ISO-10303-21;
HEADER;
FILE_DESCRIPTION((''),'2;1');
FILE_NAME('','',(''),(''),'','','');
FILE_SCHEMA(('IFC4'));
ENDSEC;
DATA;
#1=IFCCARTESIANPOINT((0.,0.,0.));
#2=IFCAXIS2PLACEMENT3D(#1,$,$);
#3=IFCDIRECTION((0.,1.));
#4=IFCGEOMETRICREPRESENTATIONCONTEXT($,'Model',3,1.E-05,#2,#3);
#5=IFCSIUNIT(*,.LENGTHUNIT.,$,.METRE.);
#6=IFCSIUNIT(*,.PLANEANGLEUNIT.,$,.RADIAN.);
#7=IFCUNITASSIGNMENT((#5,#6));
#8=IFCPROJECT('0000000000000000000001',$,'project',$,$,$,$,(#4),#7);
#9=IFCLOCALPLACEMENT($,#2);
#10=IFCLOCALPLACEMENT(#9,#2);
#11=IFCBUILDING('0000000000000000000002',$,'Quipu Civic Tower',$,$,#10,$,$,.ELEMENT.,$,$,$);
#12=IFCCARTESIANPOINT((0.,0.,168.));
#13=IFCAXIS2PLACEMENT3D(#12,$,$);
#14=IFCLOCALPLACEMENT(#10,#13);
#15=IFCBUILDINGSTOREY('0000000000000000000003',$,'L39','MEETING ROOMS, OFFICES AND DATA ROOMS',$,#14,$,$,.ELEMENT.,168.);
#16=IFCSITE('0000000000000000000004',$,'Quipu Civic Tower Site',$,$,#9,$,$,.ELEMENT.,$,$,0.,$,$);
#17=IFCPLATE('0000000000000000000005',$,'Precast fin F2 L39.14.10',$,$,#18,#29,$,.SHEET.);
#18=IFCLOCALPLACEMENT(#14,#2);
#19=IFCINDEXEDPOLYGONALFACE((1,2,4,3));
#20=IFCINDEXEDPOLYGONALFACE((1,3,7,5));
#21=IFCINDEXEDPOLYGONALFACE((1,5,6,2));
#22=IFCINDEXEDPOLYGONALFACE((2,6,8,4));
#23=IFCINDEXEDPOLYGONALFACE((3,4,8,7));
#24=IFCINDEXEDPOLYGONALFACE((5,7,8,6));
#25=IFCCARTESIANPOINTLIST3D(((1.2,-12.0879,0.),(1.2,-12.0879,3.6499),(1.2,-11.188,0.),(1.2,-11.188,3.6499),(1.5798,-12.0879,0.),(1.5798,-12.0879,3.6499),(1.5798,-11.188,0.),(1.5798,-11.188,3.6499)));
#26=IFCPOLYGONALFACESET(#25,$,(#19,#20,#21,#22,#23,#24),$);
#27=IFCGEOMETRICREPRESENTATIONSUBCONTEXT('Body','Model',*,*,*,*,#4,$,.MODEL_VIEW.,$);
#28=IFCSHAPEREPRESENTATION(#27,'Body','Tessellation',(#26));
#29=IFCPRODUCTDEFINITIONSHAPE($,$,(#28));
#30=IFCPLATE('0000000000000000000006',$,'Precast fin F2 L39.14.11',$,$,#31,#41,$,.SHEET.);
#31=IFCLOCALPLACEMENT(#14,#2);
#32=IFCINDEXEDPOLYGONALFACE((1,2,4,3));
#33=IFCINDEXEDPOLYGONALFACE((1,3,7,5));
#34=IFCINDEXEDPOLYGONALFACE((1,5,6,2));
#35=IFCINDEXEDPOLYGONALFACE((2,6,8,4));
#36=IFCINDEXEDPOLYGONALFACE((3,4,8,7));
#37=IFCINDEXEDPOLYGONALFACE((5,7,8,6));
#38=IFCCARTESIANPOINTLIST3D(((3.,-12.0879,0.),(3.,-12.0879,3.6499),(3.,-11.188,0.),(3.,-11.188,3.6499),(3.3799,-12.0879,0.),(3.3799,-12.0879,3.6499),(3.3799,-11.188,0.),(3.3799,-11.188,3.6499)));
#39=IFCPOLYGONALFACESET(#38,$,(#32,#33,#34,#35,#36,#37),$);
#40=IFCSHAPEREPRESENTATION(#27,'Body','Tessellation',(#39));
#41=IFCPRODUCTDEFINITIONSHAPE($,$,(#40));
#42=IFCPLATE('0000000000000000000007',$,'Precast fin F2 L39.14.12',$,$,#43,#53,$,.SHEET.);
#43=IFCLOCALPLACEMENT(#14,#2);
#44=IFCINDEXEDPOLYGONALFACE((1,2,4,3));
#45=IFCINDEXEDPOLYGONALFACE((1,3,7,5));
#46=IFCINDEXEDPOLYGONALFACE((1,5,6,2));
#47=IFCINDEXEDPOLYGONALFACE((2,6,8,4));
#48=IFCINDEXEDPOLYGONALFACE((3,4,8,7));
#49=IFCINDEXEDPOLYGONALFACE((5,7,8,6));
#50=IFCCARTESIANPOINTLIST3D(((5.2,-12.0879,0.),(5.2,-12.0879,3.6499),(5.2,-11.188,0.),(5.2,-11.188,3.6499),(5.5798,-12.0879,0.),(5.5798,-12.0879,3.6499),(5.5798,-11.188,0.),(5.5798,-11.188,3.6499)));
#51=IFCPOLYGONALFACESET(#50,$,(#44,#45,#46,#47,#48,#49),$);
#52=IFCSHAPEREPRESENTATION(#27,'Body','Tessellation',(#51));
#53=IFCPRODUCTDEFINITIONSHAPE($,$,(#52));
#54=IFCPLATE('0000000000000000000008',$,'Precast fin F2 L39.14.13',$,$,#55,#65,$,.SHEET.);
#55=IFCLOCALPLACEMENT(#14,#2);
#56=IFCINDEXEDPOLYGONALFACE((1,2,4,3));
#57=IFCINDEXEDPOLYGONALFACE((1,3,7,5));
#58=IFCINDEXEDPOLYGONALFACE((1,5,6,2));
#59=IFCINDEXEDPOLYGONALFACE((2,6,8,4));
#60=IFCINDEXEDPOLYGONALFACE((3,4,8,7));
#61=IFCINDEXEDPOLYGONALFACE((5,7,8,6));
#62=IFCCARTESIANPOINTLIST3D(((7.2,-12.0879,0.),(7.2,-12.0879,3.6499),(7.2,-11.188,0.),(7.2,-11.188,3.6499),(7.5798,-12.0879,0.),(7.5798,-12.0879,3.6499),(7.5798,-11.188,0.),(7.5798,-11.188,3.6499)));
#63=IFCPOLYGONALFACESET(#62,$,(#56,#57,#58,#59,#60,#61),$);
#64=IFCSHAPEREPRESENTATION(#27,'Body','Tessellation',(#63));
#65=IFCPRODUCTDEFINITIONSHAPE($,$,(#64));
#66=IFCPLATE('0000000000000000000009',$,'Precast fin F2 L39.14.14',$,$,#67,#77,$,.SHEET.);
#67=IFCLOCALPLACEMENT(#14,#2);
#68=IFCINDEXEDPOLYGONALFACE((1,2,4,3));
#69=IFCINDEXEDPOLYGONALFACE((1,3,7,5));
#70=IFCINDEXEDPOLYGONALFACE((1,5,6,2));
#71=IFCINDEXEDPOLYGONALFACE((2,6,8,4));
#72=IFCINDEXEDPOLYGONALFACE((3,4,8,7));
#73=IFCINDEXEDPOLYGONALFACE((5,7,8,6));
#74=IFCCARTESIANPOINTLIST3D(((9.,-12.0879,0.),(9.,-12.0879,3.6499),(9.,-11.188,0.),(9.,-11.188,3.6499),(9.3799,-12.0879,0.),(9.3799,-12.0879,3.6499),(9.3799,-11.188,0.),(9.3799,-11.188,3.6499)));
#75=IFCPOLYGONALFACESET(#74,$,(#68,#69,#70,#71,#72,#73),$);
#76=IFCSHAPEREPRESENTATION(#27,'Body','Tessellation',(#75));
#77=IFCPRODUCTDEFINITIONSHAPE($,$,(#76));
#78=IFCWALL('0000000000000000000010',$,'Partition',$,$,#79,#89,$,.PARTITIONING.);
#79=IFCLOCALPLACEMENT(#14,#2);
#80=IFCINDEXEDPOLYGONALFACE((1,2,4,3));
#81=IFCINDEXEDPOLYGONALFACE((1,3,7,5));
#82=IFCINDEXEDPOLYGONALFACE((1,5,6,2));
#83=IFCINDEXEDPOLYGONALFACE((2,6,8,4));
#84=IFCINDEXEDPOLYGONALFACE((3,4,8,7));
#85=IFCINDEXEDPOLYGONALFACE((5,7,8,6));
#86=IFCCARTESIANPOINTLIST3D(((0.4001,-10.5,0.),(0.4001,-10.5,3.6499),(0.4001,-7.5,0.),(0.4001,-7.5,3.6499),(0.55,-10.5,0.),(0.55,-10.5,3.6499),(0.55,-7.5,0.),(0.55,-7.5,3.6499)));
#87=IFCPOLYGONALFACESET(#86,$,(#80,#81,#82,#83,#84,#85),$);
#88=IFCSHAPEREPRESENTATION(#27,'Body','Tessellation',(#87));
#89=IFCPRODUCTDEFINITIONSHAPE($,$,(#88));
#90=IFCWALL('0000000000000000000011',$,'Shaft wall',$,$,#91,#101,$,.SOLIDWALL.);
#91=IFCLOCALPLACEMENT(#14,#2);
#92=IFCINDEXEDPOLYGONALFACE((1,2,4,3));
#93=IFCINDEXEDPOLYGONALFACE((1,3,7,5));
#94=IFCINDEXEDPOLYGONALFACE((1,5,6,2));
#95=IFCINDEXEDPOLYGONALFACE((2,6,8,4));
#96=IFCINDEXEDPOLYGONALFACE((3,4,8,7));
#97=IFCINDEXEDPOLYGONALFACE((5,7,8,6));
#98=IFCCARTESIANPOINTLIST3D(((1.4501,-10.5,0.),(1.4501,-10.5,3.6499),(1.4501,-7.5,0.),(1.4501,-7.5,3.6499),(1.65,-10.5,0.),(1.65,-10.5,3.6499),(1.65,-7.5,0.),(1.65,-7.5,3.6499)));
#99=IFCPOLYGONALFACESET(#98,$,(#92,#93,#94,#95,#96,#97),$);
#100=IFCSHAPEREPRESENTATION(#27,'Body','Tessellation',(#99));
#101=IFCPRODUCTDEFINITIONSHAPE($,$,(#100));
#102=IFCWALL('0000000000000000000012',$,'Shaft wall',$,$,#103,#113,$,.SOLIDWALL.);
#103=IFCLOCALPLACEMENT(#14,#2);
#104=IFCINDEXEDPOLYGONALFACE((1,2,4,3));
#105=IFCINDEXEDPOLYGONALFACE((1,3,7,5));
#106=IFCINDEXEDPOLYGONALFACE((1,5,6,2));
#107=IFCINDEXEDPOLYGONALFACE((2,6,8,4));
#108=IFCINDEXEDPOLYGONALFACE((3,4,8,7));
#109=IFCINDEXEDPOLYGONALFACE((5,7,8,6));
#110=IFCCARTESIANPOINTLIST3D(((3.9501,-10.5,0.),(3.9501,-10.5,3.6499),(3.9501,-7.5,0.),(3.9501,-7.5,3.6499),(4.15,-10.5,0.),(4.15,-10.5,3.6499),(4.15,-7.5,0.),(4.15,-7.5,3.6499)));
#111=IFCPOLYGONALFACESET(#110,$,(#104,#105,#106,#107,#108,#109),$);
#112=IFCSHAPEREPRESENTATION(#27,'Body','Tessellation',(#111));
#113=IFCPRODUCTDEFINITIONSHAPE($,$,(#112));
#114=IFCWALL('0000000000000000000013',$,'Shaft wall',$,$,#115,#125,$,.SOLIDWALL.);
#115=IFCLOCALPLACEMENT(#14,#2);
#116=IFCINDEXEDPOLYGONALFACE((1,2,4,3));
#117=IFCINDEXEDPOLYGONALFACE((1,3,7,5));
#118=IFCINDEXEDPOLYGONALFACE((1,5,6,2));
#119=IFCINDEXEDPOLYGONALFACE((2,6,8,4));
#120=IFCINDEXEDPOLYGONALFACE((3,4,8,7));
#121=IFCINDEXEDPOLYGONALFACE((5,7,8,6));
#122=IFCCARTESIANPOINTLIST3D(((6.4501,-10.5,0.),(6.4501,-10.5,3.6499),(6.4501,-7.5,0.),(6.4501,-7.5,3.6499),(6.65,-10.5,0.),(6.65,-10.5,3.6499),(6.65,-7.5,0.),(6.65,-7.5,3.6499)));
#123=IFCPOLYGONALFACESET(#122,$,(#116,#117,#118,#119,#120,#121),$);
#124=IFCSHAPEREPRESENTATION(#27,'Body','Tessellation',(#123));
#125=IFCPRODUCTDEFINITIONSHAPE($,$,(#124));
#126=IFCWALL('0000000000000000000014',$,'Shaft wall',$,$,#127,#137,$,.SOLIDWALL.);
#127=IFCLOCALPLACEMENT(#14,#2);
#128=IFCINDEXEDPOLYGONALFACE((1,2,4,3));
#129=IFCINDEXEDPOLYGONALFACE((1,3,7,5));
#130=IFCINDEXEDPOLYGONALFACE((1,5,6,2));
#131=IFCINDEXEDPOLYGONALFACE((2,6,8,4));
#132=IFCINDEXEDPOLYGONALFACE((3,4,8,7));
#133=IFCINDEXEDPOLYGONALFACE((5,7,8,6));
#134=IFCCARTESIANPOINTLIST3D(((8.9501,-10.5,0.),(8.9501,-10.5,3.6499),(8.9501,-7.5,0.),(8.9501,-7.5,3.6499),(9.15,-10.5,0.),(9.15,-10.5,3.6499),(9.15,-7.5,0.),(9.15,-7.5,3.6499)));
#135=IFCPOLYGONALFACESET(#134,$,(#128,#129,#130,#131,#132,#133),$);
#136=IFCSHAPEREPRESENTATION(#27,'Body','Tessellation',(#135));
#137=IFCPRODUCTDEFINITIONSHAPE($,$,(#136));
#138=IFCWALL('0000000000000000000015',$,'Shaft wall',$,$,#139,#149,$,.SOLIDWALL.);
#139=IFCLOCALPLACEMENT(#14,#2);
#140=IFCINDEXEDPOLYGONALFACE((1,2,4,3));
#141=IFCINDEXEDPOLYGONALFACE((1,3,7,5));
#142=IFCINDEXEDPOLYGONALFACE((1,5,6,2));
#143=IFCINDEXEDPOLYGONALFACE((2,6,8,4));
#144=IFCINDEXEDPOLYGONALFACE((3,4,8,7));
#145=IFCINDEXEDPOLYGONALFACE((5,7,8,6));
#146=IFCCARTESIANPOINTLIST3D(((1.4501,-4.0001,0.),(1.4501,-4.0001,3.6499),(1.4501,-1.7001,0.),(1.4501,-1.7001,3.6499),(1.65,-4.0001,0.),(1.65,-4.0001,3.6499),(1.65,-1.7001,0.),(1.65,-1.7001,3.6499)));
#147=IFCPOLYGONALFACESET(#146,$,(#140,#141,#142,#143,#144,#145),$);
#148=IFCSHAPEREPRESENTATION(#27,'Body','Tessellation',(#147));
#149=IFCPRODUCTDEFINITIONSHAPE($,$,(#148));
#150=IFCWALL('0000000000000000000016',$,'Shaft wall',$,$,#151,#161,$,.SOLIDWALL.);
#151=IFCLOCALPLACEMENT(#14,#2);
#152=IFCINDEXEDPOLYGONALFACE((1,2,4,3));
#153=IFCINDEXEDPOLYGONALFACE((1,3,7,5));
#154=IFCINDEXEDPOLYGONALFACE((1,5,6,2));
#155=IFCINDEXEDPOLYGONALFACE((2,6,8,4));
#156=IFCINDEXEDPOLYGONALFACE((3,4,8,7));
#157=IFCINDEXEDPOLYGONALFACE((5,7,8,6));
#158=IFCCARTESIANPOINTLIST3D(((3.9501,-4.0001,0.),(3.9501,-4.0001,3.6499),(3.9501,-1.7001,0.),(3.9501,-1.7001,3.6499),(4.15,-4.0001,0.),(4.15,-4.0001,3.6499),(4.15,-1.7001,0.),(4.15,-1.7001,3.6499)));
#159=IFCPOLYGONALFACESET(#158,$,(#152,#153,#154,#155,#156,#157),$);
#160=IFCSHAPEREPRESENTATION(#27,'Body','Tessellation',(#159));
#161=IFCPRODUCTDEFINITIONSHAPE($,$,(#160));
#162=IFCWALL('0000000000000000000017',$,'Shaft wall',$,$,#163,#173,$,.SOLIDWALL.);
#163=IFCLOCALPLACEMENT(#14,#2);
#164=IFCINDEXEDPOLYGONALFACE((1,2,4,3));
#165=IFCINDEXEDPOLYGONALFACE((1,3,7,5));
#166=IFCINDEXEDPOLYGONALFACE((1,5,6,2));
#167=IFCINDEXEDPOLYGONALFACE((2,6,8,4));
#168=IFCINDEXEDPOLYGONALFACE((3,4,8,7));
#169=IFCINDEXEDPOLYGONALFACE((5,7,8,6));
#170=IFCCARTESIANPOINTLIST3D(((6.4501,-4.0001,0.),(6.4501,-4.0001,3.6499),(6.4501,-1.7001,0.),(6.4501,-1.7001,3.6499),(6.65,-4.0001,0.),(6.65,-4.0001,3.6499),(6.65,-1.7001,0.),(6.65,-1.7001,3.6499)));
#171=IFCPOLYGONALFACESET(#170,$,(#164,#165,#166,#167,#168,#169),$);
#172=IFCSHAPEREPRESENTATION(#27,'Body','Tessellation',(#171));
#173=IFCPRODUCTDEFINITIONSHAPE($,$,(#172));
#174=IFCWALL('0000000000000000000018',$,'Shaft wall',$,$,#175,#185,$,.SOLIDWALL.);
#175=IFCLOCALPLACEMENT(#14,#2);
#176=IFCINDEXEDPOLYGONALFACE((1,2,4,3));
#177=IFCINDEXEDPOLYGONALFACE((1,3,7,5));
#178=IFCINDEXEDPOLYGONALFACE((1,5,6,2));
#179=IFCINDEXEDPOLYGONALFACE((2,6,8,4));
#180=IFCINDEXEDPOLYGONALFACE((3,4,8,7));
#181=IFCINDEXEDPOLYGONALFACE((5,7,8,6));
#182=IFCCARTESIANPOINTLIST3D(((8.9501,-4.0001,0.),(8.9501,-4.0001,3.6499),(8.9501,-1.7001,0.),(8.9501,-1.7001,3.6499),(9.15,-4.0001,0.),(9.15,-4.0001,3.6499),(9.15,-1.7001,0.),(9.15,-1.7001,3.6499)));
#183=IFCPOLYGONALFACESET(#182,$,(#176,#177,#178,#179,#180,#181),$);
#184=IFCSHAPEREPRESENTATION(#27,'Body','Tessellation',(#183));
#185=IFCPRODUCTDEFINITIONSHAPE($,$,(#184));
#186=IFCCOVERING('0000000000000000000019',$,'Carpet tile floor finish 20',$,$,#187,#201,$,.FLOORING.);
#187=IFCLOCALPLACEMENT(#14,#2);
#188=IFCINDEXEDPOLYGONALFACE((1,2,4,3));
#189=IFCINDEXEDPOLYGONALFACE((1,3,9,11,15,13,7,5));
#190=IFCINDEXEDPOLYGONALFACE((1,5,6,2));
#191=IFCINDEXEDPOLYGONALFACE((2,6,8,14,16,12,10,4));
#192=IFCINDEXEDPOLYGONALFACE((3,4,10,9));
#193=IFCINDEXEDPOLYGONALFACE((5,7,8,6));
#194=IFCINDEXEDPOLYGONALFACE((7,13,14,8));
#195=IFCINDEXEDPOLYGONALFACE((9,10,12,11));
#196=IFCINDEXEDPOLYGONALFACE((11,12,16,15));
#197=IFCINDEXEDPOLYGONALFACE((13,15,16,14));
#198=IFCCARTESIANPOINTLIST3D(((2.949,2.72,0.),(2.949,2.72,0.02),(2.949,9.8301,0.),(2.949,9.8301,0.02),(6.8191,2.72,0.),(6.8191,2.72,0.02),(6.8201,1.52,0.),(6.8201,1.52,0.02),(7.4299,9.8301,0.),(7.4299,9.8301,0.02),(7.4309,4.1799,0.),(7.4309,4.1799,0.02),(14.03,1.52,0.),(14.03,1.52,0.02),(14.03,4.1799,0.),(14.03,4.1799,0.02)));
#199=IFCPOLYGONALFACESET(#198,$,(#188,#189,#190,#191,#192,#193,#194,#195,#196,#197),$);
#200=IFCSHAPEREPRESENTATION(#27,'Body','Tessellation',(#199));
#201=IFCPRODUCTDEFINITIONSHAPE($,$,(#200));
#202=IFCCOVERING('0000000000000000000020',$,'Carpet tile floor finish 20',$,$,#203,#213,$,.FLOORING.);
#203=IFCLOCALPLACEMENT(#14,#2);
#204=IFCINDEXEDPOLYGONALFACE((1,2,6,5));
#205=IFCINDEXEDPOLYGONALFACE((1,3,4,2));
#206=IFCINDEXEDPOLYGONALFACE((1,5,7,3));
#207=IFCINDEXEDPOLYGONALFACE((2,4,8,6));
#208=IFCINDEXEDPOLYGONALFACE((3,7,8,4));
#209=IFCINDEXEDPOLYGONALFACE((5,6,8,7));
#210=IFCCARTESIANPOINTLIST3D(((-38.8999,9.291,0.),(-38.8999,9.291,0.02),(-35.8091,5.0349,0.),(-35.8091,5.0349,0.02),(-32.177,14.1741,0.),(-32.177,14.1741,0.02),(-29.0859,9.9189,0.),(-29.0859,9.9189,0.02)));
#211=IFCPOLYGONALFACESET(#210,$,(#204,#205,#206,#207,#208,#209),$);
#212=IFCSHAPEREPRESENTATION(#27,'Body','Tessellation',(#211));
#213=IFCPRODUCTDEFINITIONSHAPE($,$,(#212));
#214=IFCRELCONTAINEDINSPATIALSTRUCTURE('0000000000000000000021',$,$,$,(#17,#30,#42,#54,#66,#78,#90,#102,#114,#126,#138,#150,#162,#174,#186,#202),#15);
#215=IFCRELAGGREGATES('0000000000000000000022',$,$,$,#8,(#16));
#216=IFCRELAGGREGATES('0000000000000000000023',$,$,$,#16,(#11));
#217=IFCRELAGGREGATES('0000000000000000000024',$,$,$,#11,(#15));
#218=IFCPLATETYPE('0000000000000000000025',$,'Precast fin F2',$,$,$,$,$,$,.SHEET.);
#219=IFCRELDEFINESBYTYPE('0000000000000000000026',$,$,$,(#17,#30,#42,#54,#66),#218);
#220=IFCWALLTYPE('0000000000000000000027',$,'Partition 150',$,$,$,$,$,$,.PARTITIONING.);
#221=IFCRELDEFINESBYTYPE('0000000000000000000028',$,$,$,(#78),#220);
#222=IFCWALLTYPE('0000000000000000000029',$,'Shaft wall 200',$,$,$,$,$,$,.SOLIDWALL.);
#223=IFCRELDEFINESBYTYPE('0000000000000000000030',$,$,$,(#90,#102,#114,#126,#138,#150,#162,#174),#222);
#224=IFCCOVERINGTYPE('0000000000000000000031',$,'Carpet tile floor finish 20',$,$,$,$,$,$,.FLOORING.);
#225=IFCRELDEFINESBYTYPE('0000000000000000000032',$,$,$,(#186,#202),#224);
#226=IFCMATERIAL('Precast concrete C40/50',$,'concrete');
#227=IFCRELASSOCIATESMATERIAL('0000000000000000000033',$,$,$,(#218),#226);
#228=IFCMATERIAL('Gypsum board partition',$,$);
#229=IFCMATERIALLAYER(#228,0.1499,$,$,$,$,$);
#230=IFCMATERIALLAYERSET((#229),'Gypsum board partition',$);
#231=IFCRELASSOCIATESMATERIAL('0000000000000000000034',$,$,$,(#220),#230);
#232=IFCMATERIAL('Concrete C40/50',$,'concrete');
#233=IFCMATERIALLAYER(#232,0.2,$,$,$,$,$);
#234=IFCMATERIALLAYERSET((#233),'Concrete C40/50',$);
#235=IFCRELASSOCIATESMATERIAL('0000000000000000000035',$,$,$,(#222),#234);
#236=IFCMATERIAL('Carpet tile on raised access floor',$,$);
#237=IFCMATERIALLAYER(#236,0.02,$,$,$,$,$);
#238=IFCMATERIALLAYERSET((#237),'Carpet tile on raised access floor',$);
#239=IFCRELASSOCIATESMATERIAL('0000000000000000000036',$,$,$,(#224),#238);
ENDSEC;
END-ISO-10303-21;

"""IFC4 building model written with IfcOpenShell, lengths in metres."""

from ifc_helpers import new_model, si_unit, direction, frame, frame_2d, origin, origin_2d, place, context, subcontext, project, spatial, polyline, rectangle, outline, extrude, material, layer, layer_set, type_object, element, save


model = new_model("IFC4")

# Units and contexts
model_context = context("Model", 3, precision=1e-05, world=origin(), true_north=direction((0.0, 1.0)))
body_context = subcontext(model_context, "Body", "Model", "MODEL_VIEW")
ifc_project = project(units=[si_unit("LENGTHUNIT", "METRE"), si_unit("PLANEANGLEUNIT", "RADIAN")], contexts=[model_context])

# Site, building, storey
site_placement = place(None, origin())
site = spatial("IfcSite", under=ifc_project, at=site_placement, Name="Quipu Civic Tower Site", CompositionType="ELEMENT", RefElevation=0.0)
building_placement = place(site_placement, origin())
building = spatial("IfcBuilding", under=site, at=building_placement, Name="Quipu Civic Tower", CompositionType="ELEMENT")
storey_placement = place(building_placement, frame((0.0, 0.0, 168.0)))
storey = spatial("IfcBuildingStorey", under=building, at=storey_placement, Name="L39", Description="MEETING ROOMS, OFFICES AND DATA ROOMS", CompositionType="ELEMENT", Elevation=168.0)

# Plates
ifc_material_1 = material(Name="Precast concrete C40/50", Category="concrete")
plate_type = type_object("IfcPlateType", Name="Precast fin F2", PredefinedType="SHEET", material=ifc_material_1)
for number, where, z_axis, x_axis, name in (
    (1, (1.3899, -11.6379, 0.0), (0.0, 0.0, 1.0), (1.0, 0.0, 0.0), "Precast fin F2 L39.14.10"),
    (2, (3.1899, -11.6379, 0.0), (0.0, 0.0, 1.0), (1.0, 0.0, 0.0), "Precast fin F2 L39.14.11"),
    (3, (5.3899, -11.6379, 0.0), (0.0, 0.0, 1.0), (1.0, 0.0, 0.0), "Precast fin F2 L39.14.12"),
    (4, (7.3899, -11.6379, 0.0), (0.0, 0.0, 1.0), (1.0, 0.0, 0.0), "Precast fin F2 L39.14.13"),
    (5, (9.1899, -11.6379, 0.0), (0.0, 0.0, 1.0), (1.0, 0.0, 0.0), "Precast fin F2 L39.14.14"),
):
    element("IfcPlate", number, at=place(storey_placement, frame(where, z_axis=z_axis, x_axis=x_axis)), inside=storey, type_object=plate_type, Name=name, PredefinedType="SHEET", context=body_context, shape_type="SweptSolid", body=[
        extrude(rectangle(XDim=0.3799, YDim=0.8999, at=origin_2d()), origin(), (0.0, 0.0, 1.0), 3.6499),
    ])

# Walls
ifc_material_2 = material(Name="Gypsum board partition")
ifc_layer_1 = layer(ifc_material_2, 0.1499)
ifc_layer_set_1 = layer_set([ifc_layer_1], Name="Gypsum board partition")
wall_type_1 = type_object("IfcWallType", Name="Partition 150", PredefinedType="PARTITIONING", material=ifc_layer_set_1)
wall_placement = place(storey_placement, frame((0.4751, -10.5, 0.0), z_axis=(0.0, 0.0, 1.0), x_axis=(0.0, 1.0, 0.0)))
element("IfcWall", 6, at=wall_placement, inside=storey, type_object=wall_type_1, Name="Partition", PredefinedType="PARTITIONING", context=body_context, shape_type="SweptSolid", body=[
    extrude(rectangle(XDim=3.0, YDim=0.1499, at=frame_2d((1.5, 0.0))), origin(), (0.0, 0.0, 1.0), 3.6499),
])
ifc_material_3 = material(Name="Concrete C40/50", Category="concrete")
ifc_layer_2 = layer(ifc_material_3, 0.2)
ifc_layer_set_2 = layer_set([ifc_layer_2], Name="Concrete C40/50")
wall_type_2 = type_object("IfcWallType", Name="Shaft wall 200", PredefinedType="SOLIDWALL", material=ifc_layer_set_2)
for number, where, z_axis, x_axis, name in (
    (7, (1.55, -10.5, 0.0), (0.0, 0.0, 1.0), (0.0, 1.0, 0.0), "Shaft wall"),
    (8, (4.05, -10.5, 0.0), (0.0, 0.0, 1.0), (0.0, 1.0, 0.0), "Shaft wall"),
    (9, (6.55, -10.5, 0.0), (0.0, 0.0, 1.0), (0.0, 1.0, 0.0), "Shaft wall"),
    (10, (9.05, -10.5, 0.0), (0.0, 0.0, 1.0), (0.0, 1.0, 0.0), "Shaft wall"),
):
    element("IfcWall", number, at=place(storey_placement, frame(where, z_axis=z_axis, x_axis=x_axis)), inside=storey, type_object=wall_type_2, Name=name, PredefinedType="SOLIDWALL", context=body_context, shape_type="SweptSolid", body=[
        extrude(rectangle(XDim=3.0, YDim=0.2, at=frame_2d((1.5, 0.0))), origin(), (0.0, 0.0, 1.0), 3.6499),
    ])
for number, where, z_axis, x_axis, name in (
    (11, (1.55, -4.0, 0.0), (0.0, 0.0, 1.0), (0.0, 1.0, 0.0), "Shaft wall"),
    (12, (4.05, -4.0, 0.0), (0.0, 0.0, 1.0), (0.0, 1.0, 0.0), "Shaft wall"),
    (13, (6.55, -4.0, 0.0), (0.0, 0.0, 1.0), (0.0, 1.0, 0.0), "Shaft wall"),
    (14, (9.05, -4.0, 0.0), (0.0, 0.0, 1.0), (0.0, 1.0, 0.0), "Shaft wall"),
):
    element("IfcWall", number, at=place(storey_placement, frame(where, z_axis=z_axis, x_axis=x_axis)), inside=storey, type_object=wall_type_2, Name=name, PredefinedType="SOLIDWALL", context=body_context, shape_type="SweptSolid", body=[
        extrude(rectangle(XDim=2.3, YDim=0.2, at=frame_2d((1.1499, 0.0))), origin(), (0.0, 0.0, 1.0), 3.6499),
    ])

# Coverings
ifc_material_4 = material(Name="Carpet tile on raised access floor")
ifc_layer_3 = layer(ifc_material_4, 0.02)
ifc_layer_set_3 = layer_set([ifc_layer_3], Name="Carpet tile on raised access floor")
covering_type_1 = type_object("IfcCoveringType", Name="Carpet tile floor finish 20", PredefinedType="FLOORING", material=ifc_layer_set_3)
covering_1_placement = place(storey_placement, origin())
element("IfcCovering", 15, at=covering_1_placement, inside=storey, type_object=covering_type_1, Name="Carpet tile floor finish 20", PredefinedType="FLOORING", context=body_context, shape_type="SweptSolid", body=[
    extrude(outline(polyline([(2.949, 2.72), (2.949, 9.8301), (7.4299, 9.8301), (7.4309, 4.1799), (14.03, 4.1799), (14.03, 1.52), (6.8201, 1.52), (6.8191, 2.72), (2.949, 2.72)])), origin(), (0.0, 0.0, 1.0), 0.02),
])
covering_2_placement = place(storey_placement, origin())
element("IfcCovering", 16, at=covering_2_placement, inside=storey, type_object=covering_type_1, Name="Carpet tile floor finish 20", PredefinedType="FLOORING", context=body_context, shape_type="SweptSolid", body=[
    extrude(outline(polyline([(-38.8999, 9.291), (-32.177, 14.1741), (-29.0859, 9.9189), (-35.8091, 5.0349), (-38.8999, 9.291)])), origin(), (0.0, 0.0, 1.0), 0.02),
])

save(model, "model.ifc")
